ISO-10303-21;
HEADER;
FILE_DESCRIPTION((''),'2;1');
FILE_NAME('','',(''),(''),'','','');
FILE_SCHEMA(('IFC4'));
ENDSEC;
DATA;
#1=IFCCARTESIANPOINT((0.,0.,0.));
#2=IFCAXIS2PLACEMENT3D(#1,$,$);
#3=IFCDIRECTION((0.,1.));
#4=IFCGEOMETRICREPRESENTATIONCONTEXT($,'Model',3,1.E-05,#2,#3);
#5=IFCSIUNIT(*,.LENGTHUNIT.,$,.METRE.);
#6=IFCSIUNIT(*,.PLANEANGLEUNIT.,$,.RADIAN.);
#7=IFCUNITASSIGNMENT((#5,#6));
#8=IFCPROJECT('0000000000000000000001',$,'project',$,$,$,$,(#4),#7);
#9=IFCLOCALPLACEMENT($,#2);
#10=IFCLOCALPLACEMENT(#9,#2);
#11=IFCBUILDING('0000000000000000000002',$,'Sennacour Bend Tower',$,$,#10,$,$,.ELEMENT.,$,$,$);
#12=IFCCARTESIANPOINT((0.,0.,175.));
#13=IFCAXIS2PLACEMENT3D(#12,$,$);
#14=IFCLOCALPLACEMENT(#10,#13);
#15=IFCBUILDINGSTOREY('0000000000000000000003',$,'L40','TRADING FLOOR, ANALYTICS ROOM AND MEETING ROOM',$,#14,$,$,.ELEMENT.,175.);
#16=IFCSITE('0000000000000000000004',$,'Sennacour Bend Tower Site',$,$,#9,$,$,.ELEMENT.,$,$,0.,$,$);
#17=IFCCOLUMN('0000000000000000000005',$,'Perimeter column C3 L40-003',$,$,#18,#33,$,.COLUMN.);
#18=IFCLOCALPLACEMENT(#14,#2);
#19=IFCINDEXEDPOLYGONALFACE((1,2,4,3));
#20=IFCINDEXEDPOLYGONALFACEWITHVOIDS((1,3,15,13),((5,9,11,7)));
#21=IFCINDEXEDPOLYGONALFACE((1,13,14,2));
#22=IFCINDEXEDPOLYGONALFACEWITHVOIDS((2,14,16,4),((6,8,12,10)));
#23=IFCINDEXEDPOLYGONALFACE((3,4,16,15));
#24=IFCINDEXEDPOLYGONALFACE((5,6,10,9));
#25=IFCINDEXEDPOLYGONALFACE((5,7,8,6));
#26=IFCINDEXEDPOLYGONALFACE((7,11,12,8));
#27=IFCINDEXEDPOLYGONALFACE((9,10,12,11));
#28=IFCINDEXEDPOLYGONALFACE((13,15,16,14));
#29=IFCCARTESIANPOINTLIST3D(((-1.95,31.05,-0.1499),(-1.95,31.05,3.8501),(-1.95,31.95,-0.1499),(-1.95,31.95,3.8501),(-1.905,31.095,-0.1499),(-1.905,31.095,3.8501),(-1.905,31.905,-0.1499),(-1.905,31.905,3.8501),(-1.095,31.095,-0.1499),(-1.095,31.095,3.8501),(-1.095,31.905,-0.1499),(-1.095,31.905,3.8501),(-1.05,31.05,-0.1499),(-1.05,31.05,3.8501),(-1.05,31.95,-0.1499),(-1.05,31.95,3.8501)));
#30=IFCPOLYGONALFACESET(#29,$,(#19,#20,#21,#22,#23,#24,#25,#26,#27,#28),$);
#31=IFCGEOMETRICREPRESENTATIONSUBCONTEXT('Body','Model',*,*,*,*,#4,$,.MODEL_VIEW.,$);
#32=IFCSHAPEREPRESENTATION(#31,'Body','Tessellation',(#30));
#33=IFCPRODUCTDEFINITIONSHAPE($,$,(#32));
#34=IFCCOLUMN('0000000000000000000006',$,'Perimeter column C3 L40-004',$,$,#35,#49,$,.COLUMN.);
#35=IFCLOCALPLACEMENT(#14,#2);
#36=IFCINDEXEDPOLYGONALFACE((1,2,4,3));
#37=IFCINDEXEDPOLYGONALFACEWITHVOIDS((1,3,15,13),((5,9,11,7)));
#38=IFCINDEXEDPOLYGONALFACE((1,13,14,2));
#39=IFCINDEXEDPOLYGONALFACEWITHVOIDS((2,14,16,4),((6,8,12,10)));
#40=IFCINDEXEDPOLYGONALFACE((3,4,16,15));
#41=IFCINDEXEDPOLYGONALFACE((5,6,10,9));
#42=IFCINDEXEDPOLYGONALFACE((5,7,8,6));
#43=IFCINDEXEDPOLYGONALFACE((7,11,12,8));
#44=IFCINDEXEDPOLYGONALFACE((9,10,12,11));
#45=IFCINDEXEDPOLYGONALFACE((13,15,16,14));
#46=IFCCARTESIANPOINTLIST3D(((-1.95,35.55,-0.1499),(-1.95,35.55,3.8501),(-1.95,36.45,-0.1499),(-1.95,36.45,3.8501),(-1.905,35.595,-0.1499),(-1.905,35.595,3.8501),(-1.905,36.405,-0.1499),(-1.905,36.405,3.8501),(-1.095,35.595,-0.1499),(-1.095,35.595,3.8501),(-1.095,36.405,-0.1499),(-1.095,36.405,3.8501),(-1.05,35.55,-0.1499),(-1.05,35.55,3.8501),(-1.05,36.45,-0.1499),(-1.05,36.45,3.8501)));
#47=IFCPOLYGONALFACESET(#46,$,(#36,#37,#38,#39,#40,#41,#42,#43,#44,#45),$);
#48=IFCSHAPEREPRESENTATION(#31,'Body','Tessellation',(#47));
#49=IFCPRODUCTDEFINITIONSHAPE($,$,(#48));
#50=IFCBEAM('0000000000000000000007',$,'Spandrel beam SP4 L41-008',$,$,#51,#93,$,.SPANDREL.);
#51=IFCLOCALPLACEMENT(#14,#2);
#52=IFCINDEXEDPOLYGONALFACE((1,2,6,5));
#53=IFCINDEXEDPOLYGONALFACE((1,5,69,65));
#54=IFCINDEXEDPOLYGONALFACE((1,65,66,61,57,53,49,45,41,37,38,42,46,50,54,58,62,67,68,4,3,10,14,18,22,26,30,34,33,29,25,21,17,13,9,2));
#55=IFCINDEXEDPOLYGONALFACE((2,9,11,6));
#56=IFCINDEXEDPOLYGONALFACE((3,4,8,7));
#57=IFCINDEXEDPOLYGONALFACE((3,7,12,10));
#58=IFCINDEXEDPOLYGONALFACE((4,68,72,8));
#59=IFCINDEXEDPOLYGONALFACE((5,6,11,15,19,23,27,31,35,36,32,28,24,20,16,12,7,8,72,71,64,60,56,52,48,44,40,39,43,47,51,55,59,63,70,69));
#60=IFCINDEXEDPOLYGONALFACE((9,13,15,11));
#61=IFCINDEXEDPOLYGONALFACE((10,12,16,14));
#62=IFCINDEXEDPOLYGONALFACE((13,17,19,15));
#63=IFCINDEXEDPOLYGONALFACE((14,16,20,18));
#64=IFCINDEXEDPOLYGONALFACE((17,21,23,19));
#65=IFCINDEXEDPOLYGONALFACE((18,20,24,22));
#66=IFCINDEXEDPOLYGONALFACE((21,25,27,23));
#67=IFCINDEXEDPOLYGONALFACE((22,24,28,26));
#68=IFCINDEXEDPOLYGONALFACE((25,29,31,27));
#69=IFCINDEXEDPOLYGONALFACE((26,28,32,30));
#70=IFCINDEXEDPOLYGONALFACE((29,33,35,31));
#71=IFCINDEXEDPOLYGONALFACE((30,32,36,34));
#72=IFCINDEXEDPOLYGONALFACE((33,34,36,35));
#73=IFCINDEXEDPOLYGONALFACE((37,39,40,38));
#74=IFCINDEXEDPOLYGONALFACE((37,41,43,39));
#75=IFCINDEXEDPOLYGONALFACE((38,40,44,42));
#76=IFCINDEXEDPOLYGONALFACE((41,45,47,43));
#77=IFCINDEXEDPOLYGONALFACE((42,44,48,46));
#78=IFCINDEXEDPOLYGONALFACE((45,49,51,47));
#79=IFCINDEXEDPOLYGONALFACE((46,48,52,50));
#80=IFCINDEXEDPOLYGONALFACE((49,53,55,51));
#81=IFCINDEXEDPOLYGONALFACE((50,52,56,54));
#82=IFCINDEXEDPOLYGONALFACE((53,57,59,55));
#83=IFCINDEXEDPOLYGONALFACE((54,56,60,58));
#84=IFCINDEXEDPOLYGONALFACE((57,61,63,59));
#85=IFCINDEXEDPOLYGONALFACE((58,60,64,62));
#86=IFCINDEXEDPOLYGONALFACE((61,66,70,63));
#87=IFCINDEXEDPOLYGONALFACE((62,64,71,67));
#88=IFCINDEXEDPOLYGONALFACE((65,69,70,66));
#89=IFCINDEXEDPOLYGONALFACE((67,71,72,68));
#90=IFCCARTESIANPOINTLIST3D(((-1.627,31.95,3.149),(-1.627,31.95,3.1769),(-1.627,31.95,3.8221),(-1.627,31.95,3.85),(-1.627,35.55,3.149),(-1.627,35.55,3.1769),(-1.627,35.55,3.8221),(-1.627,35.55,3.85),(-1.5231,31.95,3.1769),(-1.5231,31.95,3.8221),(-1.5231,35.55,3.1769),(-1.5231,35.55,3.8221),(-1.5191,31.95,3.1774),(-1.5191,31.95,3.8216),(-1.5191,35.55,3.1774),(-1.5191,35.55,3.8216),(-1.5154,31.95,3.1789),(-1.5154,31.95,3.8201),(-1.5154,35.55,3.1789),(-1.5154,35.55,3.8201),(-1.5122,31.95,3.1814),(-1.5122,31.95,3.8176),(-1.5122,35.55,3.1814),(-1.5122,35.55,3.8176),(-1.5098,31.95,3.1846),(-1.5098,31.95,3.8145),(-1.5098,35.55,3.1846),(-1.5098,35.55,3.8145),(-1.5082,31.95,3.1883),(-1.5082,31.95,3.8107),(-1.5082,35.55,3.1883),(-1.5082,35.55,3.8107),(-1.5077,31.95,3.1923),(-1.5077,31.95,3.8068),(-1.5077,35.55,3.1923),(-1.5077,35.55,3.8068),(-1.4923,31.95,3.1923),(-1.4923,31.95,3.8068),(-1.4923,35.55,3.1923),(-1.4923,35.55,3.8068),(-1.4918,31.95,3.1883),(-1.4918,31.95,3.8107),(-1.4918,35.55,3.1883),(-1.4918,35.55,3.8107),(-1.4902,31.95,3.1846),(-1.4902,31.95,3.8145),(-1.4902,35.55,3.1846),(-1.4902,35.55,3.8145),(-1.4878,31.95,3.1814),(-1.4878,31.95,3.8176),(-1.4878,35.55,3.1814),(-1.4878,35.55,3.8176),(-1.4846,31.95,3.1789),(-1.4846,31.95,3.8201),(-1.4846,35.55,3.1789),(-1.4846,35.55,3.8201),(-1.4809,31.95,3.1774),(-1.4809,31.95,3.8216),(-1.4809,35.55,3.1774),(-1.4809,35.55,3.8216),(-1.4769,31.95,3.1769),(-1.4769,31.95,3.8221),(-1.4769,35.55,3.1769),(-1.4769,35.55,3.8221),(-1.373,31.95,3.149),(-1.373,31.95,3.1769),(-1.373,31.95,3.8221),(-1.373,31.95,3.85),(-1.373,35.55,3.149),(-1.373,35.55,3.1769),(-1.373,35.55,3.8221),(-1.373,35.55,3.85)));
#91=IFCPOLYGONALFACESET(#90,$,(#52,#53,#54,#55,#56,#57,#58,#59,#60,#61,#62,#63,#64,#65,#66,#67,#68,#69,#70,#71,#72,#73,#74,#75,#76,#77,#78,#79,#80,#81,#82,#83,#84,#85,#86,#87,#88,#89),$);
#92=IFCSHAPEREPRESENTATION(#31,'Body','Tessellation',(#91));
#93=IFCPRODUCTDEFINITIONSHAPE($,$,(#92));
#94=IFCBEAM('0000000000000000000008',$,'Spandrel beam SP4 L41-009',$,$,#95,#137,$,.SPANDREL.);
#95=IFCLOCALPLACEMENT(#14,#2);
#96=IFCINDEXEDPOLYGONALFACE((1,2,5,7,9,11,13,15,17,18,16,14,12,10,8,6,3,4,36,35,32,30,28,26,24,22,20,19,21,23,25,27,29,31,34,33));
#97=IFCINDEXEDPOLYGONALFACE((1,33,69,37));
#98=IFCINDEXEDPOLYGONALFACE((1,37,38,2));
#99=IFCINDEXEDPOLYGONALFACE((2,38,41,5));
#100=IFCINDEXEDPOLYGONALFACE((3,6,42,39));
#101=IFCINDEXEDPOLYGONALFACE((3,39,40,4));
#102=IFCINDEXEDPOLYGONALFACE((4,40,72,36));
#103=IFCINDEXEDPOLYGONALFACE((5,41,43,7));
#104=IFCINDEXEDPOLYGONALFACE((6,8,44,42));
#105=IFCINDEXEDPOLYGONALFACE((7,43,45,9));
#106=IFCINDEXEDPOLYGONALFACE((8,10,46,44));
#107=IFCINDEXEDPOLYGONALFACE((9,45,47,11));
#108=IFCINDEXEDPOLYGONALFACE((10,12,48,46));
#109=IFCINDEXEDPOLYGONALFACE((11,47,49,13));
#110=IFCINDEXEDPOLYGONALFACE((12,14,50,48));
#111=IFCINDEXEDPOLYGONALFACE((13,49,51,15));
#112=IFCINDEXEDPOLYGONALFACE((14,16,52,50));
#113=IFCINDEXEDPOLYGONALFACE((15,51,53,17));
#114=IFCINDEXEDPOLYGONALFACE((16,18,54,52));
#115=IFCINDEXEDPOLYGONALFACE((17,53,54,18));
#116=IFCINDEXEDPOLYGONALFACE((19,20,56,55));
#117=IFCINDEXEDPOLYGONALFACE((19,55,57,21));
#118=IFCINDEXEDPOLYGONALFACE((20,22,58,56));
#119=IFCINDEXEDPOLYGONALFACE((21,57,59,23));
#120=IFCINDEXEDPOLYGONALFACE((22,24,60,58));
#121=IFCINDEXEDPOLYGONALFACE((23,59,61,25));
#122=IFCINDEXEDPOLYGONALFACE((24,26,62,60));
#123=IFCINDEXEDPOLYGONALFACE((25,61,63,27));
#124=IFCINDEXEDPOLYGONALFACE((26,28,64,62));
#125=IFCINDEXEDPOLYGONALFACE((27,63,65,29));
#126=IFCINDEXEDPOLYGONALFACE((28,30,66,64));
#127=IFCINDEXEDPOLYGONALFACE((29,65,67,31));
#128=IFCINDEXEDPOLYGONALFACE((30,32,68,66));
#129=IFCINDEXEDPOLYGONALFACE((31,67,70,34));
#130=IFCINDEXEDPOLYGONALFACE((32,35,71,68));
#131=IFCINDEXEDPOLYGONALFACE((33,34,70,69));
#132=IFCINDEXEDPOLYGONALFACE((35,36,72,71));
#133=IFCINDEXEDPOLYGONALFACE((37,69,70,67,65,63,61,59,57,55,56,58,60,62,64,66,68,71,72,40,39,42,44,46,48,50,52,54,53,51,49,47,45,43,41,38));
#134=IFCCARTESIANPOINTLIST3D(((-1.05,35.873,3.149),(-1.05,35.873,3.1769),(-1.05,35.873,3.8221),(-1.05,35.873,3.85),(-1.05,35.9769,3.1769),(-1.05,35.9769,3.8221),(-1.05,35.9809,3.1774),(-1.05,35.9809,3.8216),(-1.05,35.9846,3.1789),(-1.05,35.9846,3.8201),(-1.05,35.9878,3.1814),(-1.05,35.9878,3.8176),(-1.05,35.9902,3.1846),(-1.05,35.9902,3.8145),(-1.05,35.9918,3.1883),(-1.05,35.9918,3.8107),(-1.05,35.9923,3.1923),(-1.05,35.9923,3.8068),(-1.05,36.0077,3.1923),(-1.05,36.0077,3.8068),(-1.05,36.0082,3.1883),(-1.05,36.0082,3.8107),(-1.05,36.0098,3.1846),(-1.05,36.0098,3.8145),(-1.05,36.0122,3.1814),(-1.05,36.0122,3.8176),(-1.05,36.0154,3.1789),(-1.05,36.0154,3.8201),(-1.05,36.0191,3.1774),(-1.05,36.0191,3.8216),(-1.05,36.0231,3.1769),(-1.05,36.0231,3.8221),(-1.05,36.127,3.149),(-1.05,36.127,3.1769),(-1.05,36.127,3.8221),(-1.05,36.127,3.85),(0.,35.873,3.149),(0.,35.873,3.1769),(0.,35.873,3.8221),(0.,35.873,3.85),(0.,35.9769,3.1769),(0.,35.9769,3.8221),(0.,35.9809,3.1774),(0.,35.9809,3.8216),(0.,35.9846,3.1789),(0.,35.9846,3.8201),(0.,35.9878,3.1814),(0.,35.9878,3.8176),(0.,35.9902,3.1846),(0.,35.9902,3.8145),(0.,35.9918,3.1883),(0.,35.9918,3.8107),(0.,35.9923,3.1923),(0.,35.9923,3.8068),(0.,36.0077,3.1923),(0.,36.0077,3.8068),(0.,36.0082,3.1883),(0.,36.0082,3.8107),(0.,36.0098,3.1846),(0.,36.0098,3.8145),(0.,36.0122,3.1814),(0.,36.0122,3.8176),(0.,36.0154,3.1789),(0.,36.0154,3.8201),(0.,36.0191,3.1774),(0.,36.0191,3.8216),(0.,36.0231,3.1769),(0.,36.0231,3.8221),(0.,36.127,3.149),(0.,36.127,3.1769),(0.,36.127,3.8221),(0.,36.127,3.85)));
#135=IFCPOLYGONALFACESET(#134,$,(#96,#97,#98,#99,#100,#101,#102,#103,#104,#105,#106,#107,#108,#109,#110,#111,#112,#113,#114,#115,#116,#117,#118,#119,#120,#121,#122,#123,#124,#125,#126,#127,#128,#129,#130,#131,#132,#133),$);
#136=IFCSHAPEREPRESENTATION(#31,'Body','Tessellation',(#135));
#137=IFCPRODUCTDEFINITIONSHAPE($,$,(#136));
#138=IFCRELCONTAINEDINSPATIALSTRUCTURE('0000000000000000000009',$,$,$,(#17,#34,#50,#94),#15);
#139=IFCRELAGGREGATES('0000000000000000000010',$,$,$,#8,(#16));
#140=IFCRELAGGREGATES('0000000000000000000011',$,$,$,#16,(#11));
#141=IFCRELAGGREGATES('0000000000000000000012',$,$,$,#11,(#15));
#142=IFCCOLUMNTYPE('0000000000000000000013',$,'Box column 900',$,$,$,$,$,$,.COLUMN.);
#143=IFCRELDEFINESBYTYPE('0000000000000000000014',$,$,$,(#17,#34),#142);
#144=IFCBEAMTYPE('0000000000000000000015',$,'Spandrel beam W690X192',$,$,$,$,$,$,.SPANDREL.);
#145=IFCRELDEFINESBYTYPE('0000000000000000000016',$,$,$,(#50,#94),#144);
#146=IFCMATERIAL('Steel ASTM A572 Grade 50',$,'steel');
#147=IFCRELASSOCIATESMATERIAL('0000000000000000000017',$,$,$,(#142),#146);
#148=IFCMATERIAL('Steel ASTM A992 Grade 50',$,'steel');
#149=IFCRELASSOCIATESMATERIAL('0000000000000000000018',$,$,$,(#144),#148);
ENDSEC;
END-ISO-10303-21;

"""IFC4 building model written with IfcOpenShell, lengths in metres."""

from ifc_helpers import new_model, si_unit, direction, frame, origin, origin_2d, place, context, subcontext, project, spatial, hollow_rectangle, i_section, extrude, material, material_profile, profile_set, type_object, element, save


model = new_model("IFC4")

# Units and contexts
model_context = context("Model", 3, precision=1e-05, world=origin(), true_north=direction((0.0, 1.0)))
body_context = subcontext(model_context, "Body", "Model", "MODEL_VIEW")
ifc_project = project(units=[si_unit("LENGTHUNIT", "METRE"), si_unit("PLANEANGLEUNIT", "RADIAN")], contexts=[model_context])

# Site, building, storey
site_placement = place(None, origin())
site = spatial("IfcSite", under=ifc_project, at=site_placement, Name="Sennacour Bend Tower Site", CompositionType="ELEMENT", RefElevation=0.0)
building_placement = place(site_placement, origin())
building = spatial("IfcBuilding", under=site, at=building_placement, Name="Sennacour Bend Tower", CompositionType="ELEMENT")
storey_placement = place(building_placement, frame((0.0, 0.0, 175.0)))
storey = spatial("IfcBuildingStorey", under=building, at=storey_placement, Name="L40", Description="TRADING FLOOR, ANALYTICS ROOM AND MEETING ROOM", CompositionType="ELEMENT", Elevation=175.0)

# Columns
ifc_material_1 = material(Name="Steel ASTM A572 Grade 50", Category="steel")
ifc_material_profile_1 = material_profile(ifc_material_1, hollow_rectangle(XDim=0.8999, YDim=0.8999, WallThickness=0.0449, at=origin_2d()), Name="Steel ASTM A572 Grade 50", Category="steel")
ifc_profile_set_1 = profile_set([ifc_material_profile_1], Name="Steel ASTM A572 Grade 50")
column_type = type_object("IfcColumnType", Name="Box column 900", PredefinedType="COLUMN", material=ifc_profile_set_1)
for number, where, z_axis, x_axis, name in (
    (1, (-1.5, 31.5, -0.1499), (0.0, 0.0, 1.0), (1.0, 0.0, 0.0), "Perimeter column C3 L40-003"),
    (2, (-1.5, 36.0, -0.1499), (0.0, 0.0, 1.0), (1.0, 0.0, 0.0), "Perimeter column C3 L40-004"),
):
    element("IfcColumn", number, at=place(storey_placement, frame(where, z_axis=z_axis, x_axis=x_axis)), inside=storey, type_object=column_type, Name=name, PredefinedType="COLUMN", context=body_context, shape_type="SweptSolid", body=[
        extrude(hollow_rectangle(XDim=0.8999, YDim=0.8999, WallThickness=0.0449, at=origin_2d()), origin(), (0.0, 0.0, 1.0), 4.0),
    ])

# Beams
ifc_material_2 = material(Name="Steel ASTM A992 Grade 50", Category="steel")
ifc_material_profile_2 = material_profile(ifc_material_2, i_section(OverallWidth=0.2539, OverallDepth=0.7009, WebThickness=0.0154, FlangeThickness=0.0278, FilletRadius=0.0154, at=origin_2d()), Name="Steel ASTM A992 Grade 50", Category="steel")
ifc_profile_set_2 = profile_set([ifc_material_profile_2], Name="Steel ASTM A992 Grade 50")
beam_type = type_object("IfcBeamType", Name="Spandrel beam W690X192", PredefinedType="SPANDREL", material=ifc_profile_set_2)
beam_1_placement = place(storey_placement, frame((-1.5, 31.95, 3.4995), z_axis=(0.0, 1.0, 0.0), x_axis=(-1.0, 0.0, 0.0)))
element("IfcBeam", 3, at=beam_1_placement, inside=storey, type_object=beam_type, Name="Spandrel beam SP4 L41-008", PredefinedType="SPANDREL", context=body_context, shape_type="SweptSolid", body=[
    extrude(i_section(OverallWidth=0.2539, OverallDepth=0.7009, WebThickness=0.0154, FlangeThickness=0.0278, FilletRadius=0.0154, at=origin_2d()), origin(), (0.0, 0.0, 1.0), 3.6001),
])
beam_2_placement = place(storey_placement, frame((-1.05, 36.0, 3.4995), z_axis=(1.0, 0.0, 0.0), x_axis=(0.0, 1.0, 0.0)))
element("IfcBeam", 4, at=beam_2_placement, inside=storey, type_object=beam_type, Name="Spandrel beam SP4 L41-009", PredefinedType="SPANDREL", context=body_context, shape_type="SweptSolid", body=[
    extrude(i_section(OverallWidth=0.2539, OverallDepth=0.7009, WebThickness=0.0154, FlangeThickness=0.0278, FilletRadius=0.0154, at=origin_2d()), origin(), (0.0, 0.0, 1.0), 1.05),
])

save(model, "model.ifc")
